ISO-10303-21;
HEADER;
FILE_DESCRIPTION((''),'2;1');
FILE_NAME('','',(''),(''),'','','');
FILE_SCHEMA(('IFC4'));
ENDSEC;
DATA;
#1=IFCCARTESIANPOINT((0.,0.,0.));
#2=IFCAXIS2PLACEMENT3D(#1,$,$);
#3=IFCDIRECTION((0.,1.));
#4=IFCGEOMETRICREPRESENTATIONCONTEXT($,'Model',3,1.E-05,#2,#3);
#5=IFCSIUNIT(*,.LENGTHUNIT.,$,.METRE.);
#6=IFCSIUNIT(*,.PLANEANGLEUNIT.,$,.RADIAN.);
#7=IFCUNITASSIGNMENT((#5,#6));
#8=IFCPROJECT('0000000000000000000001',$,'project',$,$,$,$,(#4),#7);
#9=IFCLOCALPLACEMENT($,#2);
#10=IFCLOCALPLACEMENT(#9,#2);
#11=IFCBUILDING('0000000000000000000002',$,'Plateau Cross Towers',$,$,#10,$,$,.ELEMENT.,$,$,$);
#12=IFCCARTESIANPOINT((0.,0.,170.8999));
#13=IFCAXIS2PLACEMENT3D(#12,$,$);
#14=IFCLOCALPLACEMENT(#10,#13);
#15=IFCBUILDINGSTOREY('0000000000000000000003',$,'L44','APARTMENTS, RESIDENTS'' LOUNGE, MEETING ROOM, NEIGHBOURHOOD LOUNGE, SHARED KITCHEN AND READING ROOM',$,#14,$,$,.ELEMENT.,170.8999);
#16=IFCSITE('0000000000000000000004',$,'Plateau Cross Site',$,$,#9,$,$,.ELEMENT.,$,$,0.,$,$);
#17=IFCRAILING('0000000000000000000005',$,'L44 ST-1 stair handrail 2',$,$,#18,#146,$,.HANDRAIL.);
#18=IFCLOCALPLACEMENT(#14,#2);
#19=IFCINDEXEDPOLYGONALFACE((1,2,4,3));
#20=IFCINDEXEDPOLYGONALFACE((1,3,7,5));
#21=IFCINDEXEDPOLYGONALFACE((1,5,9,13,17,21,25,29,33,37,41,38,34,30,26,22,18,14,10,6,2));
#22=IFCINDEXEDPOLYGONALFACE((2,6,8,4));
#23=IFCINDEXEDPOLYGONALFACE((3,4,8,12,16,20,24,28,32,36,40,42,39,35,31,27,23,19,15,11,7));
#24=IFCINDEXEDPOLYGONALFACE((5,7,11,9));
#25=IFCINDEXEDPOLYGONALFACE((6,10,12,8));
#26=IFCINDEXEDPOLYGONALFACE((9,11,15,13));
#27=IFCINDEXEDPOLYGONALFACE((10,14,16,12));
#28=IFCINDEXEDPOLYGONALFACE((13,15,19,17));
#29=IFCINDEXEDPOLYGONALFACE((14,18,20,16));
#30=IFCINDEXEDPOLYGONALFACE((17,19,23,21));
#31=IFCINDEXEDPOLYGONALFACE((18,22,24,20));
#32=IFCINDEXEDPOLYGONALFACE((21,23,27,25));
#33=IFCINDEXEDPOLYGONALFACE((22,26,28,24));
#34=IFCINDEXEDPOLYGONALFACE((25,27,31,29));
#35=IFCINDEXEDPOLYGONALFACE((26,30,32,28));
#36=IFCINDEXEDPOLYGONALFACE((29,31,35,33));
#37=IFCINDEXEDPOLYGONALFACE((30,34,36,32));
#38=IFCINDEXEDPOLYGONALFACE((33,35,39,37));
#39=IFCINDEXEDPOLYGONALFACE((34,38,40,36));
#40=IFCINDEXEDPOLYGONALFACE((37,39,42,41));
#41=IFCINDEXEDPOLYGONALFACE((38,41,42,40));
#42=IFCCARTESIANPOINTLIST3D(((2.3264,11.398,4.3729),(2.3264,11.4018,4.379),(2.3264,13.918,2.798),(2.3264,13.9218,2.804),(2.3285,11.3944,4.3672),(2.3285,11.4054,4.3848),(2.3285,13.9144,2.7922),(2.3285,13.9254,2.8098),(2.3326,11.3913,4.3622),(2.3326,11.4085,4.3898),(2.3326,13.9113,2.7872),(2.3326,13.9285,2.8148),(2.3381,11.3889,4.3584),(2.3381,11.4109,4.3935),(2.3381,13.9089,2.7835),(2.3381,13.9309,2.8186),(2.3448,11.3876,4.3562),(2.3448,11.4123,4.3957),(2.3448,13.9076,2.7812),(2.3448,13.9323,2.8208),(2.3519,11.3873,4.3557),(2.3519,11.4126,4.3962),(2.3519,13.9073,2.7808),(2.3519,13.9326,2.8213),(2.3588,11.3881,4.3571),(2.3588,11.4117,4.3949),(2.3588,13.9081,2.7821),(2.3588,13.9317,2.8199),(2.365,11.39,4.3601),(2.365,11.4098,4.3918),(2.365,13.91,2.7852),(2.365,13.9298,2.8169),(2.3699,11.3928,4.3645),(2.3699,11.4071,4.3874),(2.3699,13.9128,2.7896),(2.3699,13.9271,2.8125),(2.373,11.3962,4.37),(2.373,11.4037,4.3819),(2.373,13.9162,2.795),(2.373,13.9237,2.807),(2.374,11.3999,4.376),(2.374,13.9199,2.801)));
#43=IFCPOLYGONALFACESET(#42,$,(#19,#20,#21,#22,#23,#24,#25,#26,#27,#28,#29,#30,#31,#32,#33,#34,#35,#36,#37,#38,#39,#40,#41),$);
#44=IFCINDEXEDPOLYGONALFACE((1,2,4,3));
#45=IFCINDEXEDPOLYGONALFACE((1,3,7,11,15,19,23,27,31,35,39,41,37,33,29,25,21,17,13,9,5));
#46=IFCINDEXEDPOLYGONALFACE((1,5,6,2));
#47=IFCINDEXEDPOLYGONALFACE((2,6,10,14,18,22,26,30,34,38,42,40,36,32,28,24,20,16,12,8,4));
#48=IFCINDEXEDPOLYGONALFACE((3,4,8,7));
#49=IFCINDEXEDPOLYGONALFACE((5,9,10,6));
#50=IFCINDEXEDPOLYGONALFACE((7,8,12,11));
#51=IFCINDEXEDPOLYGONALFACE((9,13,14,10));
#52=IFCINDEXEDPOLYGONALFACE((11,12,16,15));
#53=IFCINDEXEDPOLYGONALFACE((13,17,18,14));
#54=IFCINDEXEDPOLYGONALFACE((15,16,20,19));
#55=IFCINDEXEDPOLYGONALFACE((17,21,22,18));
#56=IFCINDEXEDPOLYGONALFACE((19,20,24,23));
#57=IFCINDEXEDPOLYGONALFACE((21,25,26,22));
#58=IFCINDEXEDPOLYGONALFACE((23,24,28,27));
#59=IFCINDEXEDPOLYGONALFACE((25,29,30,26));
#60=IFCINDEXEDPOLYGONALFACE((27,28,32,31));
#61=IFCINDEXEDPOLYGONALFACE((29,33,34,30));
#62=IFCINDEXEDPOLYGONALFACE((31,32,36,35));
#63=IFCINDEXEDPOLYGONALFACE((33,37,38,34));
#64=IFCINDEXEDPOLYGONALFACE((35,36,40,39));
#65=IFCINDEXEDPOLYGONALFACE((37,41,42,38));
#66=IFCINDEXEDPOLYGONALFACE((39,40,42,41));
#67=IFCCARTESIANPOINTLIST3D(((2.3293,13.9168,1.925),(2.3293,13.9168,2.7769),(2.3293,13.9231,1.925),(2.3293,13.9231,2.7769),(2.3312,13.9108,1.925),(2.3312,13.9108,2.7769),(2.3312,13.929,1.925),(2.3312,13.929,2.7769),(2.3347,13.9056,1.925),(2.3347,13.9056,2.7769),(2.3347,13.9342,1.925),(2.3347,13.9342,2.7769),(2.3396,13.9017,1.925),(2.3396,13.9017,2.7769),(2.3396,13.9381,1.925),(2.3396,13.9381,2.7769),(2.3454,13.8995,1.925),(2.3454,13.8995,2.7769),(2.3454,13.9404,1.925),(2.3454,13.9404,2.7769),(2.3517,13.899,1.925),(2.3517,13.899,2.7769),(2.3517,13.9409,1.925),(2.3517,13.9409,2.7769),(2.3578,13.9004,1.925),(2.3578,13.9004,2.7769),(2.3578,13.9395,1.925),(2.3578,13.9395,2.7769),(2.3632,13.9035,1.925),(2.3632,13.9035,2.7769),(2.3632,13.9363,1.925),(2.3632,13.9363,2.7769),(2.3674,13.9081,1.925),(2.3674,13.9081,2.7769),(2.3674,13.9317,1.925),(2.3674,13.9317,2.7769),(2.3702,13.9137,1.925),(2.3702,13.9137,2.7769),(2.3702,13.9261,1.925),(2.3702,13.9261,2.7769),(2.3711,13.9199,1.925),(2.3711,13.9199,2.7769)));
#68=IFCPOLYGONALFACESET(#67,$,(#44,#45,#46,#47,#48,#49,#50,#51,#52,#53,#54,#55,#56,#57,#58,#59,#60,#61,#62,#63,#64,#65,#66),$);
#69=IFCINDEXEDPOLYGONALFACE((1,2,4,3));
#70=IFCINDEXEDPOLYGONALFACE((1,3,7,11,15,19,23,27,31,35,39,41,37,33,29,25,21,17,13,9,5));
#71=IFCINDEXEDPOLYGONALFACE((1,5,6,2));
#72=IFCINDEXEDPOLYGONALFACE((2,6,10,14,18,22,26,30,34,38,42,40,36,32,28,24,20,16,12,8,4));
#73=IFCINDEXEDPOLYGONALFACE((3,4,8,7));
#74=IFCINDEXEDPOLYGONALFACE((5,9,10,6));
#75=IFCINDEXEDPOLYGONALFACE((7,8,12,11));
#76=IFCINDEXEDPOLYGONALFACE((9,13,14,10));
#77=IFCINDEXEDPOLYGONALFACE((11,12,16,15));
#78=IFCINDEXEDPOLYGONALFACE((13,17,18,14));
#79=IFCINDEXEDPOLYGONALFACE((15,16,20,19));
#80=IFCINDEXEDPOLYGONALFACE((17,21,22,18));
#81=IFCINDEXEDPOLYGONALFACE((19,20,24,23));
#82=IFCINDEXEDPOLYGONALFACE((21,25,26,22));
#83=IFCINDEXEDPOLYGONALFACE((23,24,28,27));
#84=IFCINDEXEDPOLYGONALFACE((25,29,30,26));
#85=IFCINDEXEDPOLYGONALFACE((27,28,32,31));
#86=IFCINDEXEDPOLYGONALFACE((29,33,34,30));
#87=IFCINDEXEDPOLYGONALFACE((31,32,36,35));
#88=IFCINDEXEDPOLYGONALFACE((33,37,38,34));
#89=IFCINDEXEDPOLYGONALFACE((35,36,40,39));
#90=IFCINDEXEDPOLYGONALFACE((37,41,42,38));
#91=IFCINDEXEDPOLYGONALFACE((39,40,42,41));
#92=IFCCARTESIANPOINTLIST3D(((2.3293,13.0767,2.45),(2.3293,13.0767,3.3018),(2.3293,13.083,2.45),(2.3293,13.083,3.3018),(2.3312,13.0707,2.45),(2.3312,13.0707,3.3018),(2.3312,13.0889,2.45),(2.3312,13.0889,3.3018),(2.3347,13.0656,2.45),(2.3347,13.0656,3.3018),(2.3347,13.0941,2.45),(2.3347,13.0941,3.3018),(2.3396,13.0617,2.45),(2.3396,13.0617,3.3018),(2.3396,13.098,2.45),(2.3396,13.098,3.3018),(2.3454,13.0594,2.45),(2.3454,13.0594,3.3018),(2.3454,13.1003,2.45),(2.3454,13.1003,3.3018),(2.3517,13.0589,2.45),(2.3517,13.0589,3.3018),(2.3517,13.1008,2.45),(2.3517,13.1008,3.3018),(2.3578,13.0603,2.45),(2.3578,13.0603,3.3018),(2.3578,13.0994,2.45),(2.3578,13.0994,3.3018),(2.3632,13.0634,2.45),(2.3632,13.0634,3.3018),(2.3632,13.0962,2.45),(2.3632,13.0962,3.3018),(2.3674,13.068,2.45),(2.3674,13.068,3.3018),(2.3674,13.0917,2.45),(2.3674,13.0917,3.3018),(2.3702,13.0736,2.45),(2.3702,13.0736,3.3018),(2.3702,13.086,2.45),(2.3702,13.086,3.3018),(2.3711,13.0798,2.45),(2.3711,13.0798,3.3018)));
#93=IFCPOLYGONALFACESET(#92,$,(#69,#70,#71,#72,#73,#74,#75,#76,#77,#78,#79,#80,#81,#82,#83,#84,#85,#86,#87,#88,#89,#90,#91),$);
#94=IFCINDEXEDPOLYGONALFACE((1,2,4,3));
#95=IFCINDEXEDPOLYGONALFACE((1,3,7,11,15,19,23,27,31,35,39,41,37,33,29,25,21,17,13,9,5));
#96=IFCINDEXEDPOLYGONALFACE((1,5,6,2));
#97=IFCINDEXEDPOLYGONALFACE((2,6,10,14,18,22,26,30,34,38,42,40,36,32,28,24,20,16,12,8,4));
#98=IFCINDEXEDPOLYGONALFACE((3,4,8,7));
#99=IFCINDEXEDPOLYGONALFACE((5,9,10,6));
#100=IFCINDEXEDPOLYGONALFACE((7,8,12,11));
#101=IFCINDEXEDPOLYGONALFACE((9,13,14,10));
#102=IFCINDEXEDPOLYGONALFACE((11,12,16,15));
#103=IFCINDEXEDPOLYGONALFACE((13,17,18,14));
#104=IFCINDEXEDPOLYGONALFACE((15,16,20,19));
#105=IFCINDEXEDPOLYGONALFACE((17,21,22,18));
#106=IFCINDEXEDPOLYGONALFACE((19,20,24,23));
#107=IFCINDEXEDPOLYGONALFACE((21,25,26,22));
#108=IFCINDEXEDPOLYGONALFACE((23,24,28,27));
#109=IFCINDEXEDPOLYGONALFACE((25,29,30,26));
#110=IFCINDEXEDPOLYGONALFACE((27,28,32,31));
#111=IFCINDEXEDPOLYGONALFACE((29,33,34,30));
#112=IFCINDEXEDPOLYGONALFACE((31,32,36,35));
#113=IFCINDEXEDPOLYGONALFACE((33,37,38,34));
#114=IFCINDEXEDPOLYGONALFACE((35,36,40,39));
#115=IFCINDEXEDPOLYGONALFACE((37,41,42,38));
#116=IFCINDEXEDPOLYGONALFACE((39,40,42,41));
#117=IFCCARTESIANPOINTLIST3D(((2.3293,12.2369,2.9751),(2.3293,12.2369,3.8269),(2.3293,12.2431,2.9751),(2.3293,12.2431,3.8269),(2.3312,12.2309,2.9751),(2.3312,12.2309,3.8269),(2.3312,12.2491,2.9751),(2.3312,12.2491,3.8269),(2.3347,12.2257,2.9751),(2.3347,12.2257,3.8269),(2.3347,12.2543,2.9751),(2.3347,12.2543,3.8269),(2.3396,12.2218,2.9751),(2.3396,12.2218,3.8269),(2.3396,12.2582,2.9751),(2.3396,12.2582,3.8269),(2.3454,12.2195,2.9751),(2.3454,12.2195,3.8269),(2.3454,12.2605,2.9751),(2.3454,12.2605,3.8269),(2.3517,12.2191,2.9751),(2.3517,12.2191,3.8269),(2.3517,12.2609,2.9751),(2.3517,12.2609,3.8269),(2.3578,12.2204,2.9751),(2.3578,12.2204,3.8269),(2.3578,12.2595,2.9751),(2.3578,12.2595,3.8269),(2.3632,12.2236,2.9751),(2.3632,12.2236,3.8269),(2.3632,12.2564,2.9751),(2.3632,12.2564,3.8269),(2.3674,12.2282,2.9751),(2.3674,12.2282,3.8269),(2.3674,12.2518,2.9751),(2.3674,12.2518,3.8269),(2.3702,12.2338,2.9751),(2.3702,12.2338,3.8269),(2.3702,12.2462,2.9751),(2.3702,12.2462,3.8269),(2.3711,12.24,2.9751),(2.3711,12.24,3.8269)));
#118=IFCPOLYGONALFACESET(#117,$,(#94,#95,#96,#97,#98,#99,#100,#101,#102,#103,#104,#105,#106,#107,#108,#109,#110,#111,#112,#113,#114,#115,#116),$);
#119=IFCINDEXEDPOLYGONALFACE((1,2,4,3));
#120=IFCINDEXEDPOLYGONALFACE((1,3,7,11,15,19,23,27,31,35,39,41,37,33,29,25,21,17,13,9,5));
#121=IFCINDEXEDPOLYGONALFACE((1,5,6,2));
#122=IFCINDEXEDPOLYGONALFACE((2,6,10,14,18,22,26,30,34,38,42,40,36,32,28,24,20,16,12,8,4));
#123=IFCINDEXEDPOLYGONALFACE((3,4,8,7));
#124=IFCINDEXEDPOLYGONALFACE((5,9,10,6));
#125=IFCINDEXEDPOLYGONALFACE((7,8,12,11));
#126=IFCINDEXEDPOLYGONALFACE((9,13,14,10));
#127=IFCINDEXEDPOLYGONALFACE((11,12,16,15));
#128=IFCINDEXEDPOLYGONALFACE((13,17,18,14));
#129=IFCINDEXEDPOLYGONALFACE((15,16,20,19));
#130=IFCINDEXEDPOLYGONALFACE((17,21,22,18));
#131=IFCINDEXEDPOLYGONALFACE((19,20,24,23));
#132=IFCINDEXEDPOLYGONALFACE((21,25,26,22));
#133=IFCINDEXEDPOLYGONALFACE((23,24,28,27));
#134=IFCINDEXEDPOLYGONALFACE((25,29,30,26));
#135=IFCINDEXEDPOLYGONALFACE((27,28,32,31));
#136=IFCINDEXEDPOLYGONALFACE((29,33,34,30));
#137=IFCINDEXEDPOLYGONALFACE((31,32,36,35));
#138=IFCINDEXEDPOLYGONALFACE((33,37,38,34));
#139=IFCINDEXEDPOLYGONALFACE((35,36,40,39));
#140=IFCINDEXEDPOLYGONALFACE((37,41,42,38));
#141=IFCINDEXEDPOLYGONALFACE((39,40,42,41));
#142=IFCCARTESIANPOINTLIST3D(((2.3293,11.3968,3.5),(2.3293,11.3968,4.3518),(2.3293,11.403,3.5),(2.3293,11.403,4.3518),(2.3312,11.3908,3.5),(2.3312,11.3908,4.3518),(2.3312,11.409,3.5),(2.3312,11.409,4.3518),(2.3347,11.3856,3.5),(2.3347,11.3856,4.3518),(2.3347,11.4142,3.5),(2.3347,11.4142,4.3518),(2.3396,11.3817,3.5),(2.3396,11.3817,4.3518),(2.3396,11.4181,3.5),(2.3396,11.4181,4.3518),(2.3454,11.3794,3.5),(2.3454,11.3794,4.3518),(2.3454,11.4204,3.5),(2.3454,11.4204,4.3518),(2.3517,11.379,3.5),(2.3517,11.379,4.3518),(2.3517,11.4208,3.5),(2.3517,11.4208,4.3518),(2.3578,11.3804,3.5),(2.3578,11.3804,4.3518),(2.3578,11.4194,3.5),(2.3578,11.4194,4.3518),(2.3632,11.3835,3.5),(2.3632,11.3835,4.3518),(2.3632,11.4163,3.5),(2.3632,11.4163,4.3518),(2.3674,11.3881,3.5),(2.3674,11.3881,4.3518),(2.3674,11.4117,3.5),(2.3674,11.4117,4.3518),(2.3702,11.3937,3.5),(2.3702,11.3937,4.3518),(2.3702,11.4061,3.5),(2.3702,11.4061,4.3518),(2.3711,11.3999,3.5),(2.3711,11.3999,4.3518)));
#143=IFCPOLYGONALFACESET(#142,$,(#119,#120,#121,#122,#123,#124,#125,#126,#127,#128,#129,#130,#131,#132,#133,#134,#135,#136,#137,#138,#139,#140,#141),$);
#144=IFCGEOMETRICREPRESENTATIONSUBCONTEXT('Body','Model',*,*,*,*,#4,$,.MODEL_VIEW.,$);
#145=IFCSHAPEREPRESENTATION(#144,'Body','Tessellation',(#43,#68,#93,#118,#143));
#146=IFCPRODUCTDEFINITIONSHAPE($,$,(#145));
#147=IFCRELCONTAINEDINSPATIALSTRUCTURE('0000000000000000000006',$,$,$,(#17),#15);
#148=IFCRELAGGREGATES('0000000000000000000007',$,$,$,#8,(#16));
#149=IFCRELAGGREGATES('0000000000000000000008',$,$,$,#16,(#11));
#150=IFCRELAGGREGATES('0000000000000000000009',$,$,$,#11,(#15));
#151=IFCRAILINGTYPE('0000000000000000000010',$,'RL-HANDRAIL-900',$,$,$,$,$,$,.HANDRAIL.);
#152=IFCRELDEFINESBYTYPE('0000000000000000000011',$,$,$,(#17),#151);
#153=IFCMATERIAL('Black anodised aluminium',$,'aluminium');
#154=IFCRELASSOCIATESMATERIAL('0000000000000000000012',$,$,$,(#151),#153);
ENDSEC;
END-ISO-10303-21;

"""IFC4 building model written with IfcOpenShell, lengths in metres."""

from ifc_helpers import new_model, si_unit, direction, frame, origin, origin_2d, place, context, subcontext, project, spatial, circle, extrude, material, type_object, element, save


model = new_model("IFC4")

# Units and contexts
model_context = context("Model", 3, precision=1e-05, world=origin(), true_north=direction((0.0, 1.0)))
body_context = subcontext(model_context, "Body", "Model", "MODEL_VIEW")
ifc_project = project(units=[si_unit("LENGTHUNIT", "METRE"), si_unit("PLANEANGLEUNIT", "RADIAN")], contexts=[model_context])

# Site, building, storey
site_placement = place(None, origin())
site = spatial("IfcSite", under=ifc_project, at=site_placement, Name="Plateau Cross Site", CompositionType="ELEMENT", RefElevation=0.0)
building_placement = place(site_placement, origin())
building = spatial("IfcBuilding", under=site, at=building_placement, Name="Plateau Cross Towers", CompositionType="ELEMENT")
storey_placement = place(building_placement, frame((0.0, 0.0, 170.8999)))
storey = spatial("IfcBuildingStorey", under=building, at=storey_placement, Name="L44", Description="APARTMENTS, RESIDENTS' LOUNGE, MEETING ROOM, NEIGHBOURHOOD LOUNGE, SHARED KITCHEN AND READING ROOM", CompositionType="ELEMENT", Elevation=170.8999)

# Shared definitions
ifc_material_1 = material(Name="Black anodised aluminium", Category="aluminium")

# Railing
railing_type_1 = type_object("IfcRailingType", Name="RL-HANDRAIL-900", PredefinedType="HANDRAIL", material=ifc_material_1)
railing_1_placement = place(storey_placement, frame((2.3501, 13.9199, 1.925)))
element("IfcRailing", 1, at=railing_1_placement, inside=storey, type_object=railing_type_1, Name="L44 ST-1 stair handrail 2", PredefinedType="HANDRAIL", context=body_context, shape_type="SweptSolid", body=[
    extrude(circle(Radius=0.0239, at=origin_2d()), frame((0.0, 0.0, 0.876), z_axis=(0.0, -0.848008, 0.529984), x_axis=(1.0, 0.0, 0.0)), (0.0, 0.0, 1.0), 2.9717),
    extrude(circle(Radius=0.021, at=origin_2d()), origin(), (0.0, 0.0, 1.0), 0.8518),
    extrude(circle(Radius=0.021, at=origin_2d()), frame((0.0, -0.8401, 0.5249)), (0.0, 0.0, 1.0), 0.8518),
    extrude(circle(Radius=0.021, at=origin_2d()), frame((0.0, -1.6799, 1.05)), (0.0, 0.0, 1.0), 0.8518),
    extrude(circle(Radius=0.021, at=origin_2d()), frame((0.0, -2.52, 1.575)), (0.0, 0.0, 1.0), 0.8518),
])

save(model, "model.ifc")
